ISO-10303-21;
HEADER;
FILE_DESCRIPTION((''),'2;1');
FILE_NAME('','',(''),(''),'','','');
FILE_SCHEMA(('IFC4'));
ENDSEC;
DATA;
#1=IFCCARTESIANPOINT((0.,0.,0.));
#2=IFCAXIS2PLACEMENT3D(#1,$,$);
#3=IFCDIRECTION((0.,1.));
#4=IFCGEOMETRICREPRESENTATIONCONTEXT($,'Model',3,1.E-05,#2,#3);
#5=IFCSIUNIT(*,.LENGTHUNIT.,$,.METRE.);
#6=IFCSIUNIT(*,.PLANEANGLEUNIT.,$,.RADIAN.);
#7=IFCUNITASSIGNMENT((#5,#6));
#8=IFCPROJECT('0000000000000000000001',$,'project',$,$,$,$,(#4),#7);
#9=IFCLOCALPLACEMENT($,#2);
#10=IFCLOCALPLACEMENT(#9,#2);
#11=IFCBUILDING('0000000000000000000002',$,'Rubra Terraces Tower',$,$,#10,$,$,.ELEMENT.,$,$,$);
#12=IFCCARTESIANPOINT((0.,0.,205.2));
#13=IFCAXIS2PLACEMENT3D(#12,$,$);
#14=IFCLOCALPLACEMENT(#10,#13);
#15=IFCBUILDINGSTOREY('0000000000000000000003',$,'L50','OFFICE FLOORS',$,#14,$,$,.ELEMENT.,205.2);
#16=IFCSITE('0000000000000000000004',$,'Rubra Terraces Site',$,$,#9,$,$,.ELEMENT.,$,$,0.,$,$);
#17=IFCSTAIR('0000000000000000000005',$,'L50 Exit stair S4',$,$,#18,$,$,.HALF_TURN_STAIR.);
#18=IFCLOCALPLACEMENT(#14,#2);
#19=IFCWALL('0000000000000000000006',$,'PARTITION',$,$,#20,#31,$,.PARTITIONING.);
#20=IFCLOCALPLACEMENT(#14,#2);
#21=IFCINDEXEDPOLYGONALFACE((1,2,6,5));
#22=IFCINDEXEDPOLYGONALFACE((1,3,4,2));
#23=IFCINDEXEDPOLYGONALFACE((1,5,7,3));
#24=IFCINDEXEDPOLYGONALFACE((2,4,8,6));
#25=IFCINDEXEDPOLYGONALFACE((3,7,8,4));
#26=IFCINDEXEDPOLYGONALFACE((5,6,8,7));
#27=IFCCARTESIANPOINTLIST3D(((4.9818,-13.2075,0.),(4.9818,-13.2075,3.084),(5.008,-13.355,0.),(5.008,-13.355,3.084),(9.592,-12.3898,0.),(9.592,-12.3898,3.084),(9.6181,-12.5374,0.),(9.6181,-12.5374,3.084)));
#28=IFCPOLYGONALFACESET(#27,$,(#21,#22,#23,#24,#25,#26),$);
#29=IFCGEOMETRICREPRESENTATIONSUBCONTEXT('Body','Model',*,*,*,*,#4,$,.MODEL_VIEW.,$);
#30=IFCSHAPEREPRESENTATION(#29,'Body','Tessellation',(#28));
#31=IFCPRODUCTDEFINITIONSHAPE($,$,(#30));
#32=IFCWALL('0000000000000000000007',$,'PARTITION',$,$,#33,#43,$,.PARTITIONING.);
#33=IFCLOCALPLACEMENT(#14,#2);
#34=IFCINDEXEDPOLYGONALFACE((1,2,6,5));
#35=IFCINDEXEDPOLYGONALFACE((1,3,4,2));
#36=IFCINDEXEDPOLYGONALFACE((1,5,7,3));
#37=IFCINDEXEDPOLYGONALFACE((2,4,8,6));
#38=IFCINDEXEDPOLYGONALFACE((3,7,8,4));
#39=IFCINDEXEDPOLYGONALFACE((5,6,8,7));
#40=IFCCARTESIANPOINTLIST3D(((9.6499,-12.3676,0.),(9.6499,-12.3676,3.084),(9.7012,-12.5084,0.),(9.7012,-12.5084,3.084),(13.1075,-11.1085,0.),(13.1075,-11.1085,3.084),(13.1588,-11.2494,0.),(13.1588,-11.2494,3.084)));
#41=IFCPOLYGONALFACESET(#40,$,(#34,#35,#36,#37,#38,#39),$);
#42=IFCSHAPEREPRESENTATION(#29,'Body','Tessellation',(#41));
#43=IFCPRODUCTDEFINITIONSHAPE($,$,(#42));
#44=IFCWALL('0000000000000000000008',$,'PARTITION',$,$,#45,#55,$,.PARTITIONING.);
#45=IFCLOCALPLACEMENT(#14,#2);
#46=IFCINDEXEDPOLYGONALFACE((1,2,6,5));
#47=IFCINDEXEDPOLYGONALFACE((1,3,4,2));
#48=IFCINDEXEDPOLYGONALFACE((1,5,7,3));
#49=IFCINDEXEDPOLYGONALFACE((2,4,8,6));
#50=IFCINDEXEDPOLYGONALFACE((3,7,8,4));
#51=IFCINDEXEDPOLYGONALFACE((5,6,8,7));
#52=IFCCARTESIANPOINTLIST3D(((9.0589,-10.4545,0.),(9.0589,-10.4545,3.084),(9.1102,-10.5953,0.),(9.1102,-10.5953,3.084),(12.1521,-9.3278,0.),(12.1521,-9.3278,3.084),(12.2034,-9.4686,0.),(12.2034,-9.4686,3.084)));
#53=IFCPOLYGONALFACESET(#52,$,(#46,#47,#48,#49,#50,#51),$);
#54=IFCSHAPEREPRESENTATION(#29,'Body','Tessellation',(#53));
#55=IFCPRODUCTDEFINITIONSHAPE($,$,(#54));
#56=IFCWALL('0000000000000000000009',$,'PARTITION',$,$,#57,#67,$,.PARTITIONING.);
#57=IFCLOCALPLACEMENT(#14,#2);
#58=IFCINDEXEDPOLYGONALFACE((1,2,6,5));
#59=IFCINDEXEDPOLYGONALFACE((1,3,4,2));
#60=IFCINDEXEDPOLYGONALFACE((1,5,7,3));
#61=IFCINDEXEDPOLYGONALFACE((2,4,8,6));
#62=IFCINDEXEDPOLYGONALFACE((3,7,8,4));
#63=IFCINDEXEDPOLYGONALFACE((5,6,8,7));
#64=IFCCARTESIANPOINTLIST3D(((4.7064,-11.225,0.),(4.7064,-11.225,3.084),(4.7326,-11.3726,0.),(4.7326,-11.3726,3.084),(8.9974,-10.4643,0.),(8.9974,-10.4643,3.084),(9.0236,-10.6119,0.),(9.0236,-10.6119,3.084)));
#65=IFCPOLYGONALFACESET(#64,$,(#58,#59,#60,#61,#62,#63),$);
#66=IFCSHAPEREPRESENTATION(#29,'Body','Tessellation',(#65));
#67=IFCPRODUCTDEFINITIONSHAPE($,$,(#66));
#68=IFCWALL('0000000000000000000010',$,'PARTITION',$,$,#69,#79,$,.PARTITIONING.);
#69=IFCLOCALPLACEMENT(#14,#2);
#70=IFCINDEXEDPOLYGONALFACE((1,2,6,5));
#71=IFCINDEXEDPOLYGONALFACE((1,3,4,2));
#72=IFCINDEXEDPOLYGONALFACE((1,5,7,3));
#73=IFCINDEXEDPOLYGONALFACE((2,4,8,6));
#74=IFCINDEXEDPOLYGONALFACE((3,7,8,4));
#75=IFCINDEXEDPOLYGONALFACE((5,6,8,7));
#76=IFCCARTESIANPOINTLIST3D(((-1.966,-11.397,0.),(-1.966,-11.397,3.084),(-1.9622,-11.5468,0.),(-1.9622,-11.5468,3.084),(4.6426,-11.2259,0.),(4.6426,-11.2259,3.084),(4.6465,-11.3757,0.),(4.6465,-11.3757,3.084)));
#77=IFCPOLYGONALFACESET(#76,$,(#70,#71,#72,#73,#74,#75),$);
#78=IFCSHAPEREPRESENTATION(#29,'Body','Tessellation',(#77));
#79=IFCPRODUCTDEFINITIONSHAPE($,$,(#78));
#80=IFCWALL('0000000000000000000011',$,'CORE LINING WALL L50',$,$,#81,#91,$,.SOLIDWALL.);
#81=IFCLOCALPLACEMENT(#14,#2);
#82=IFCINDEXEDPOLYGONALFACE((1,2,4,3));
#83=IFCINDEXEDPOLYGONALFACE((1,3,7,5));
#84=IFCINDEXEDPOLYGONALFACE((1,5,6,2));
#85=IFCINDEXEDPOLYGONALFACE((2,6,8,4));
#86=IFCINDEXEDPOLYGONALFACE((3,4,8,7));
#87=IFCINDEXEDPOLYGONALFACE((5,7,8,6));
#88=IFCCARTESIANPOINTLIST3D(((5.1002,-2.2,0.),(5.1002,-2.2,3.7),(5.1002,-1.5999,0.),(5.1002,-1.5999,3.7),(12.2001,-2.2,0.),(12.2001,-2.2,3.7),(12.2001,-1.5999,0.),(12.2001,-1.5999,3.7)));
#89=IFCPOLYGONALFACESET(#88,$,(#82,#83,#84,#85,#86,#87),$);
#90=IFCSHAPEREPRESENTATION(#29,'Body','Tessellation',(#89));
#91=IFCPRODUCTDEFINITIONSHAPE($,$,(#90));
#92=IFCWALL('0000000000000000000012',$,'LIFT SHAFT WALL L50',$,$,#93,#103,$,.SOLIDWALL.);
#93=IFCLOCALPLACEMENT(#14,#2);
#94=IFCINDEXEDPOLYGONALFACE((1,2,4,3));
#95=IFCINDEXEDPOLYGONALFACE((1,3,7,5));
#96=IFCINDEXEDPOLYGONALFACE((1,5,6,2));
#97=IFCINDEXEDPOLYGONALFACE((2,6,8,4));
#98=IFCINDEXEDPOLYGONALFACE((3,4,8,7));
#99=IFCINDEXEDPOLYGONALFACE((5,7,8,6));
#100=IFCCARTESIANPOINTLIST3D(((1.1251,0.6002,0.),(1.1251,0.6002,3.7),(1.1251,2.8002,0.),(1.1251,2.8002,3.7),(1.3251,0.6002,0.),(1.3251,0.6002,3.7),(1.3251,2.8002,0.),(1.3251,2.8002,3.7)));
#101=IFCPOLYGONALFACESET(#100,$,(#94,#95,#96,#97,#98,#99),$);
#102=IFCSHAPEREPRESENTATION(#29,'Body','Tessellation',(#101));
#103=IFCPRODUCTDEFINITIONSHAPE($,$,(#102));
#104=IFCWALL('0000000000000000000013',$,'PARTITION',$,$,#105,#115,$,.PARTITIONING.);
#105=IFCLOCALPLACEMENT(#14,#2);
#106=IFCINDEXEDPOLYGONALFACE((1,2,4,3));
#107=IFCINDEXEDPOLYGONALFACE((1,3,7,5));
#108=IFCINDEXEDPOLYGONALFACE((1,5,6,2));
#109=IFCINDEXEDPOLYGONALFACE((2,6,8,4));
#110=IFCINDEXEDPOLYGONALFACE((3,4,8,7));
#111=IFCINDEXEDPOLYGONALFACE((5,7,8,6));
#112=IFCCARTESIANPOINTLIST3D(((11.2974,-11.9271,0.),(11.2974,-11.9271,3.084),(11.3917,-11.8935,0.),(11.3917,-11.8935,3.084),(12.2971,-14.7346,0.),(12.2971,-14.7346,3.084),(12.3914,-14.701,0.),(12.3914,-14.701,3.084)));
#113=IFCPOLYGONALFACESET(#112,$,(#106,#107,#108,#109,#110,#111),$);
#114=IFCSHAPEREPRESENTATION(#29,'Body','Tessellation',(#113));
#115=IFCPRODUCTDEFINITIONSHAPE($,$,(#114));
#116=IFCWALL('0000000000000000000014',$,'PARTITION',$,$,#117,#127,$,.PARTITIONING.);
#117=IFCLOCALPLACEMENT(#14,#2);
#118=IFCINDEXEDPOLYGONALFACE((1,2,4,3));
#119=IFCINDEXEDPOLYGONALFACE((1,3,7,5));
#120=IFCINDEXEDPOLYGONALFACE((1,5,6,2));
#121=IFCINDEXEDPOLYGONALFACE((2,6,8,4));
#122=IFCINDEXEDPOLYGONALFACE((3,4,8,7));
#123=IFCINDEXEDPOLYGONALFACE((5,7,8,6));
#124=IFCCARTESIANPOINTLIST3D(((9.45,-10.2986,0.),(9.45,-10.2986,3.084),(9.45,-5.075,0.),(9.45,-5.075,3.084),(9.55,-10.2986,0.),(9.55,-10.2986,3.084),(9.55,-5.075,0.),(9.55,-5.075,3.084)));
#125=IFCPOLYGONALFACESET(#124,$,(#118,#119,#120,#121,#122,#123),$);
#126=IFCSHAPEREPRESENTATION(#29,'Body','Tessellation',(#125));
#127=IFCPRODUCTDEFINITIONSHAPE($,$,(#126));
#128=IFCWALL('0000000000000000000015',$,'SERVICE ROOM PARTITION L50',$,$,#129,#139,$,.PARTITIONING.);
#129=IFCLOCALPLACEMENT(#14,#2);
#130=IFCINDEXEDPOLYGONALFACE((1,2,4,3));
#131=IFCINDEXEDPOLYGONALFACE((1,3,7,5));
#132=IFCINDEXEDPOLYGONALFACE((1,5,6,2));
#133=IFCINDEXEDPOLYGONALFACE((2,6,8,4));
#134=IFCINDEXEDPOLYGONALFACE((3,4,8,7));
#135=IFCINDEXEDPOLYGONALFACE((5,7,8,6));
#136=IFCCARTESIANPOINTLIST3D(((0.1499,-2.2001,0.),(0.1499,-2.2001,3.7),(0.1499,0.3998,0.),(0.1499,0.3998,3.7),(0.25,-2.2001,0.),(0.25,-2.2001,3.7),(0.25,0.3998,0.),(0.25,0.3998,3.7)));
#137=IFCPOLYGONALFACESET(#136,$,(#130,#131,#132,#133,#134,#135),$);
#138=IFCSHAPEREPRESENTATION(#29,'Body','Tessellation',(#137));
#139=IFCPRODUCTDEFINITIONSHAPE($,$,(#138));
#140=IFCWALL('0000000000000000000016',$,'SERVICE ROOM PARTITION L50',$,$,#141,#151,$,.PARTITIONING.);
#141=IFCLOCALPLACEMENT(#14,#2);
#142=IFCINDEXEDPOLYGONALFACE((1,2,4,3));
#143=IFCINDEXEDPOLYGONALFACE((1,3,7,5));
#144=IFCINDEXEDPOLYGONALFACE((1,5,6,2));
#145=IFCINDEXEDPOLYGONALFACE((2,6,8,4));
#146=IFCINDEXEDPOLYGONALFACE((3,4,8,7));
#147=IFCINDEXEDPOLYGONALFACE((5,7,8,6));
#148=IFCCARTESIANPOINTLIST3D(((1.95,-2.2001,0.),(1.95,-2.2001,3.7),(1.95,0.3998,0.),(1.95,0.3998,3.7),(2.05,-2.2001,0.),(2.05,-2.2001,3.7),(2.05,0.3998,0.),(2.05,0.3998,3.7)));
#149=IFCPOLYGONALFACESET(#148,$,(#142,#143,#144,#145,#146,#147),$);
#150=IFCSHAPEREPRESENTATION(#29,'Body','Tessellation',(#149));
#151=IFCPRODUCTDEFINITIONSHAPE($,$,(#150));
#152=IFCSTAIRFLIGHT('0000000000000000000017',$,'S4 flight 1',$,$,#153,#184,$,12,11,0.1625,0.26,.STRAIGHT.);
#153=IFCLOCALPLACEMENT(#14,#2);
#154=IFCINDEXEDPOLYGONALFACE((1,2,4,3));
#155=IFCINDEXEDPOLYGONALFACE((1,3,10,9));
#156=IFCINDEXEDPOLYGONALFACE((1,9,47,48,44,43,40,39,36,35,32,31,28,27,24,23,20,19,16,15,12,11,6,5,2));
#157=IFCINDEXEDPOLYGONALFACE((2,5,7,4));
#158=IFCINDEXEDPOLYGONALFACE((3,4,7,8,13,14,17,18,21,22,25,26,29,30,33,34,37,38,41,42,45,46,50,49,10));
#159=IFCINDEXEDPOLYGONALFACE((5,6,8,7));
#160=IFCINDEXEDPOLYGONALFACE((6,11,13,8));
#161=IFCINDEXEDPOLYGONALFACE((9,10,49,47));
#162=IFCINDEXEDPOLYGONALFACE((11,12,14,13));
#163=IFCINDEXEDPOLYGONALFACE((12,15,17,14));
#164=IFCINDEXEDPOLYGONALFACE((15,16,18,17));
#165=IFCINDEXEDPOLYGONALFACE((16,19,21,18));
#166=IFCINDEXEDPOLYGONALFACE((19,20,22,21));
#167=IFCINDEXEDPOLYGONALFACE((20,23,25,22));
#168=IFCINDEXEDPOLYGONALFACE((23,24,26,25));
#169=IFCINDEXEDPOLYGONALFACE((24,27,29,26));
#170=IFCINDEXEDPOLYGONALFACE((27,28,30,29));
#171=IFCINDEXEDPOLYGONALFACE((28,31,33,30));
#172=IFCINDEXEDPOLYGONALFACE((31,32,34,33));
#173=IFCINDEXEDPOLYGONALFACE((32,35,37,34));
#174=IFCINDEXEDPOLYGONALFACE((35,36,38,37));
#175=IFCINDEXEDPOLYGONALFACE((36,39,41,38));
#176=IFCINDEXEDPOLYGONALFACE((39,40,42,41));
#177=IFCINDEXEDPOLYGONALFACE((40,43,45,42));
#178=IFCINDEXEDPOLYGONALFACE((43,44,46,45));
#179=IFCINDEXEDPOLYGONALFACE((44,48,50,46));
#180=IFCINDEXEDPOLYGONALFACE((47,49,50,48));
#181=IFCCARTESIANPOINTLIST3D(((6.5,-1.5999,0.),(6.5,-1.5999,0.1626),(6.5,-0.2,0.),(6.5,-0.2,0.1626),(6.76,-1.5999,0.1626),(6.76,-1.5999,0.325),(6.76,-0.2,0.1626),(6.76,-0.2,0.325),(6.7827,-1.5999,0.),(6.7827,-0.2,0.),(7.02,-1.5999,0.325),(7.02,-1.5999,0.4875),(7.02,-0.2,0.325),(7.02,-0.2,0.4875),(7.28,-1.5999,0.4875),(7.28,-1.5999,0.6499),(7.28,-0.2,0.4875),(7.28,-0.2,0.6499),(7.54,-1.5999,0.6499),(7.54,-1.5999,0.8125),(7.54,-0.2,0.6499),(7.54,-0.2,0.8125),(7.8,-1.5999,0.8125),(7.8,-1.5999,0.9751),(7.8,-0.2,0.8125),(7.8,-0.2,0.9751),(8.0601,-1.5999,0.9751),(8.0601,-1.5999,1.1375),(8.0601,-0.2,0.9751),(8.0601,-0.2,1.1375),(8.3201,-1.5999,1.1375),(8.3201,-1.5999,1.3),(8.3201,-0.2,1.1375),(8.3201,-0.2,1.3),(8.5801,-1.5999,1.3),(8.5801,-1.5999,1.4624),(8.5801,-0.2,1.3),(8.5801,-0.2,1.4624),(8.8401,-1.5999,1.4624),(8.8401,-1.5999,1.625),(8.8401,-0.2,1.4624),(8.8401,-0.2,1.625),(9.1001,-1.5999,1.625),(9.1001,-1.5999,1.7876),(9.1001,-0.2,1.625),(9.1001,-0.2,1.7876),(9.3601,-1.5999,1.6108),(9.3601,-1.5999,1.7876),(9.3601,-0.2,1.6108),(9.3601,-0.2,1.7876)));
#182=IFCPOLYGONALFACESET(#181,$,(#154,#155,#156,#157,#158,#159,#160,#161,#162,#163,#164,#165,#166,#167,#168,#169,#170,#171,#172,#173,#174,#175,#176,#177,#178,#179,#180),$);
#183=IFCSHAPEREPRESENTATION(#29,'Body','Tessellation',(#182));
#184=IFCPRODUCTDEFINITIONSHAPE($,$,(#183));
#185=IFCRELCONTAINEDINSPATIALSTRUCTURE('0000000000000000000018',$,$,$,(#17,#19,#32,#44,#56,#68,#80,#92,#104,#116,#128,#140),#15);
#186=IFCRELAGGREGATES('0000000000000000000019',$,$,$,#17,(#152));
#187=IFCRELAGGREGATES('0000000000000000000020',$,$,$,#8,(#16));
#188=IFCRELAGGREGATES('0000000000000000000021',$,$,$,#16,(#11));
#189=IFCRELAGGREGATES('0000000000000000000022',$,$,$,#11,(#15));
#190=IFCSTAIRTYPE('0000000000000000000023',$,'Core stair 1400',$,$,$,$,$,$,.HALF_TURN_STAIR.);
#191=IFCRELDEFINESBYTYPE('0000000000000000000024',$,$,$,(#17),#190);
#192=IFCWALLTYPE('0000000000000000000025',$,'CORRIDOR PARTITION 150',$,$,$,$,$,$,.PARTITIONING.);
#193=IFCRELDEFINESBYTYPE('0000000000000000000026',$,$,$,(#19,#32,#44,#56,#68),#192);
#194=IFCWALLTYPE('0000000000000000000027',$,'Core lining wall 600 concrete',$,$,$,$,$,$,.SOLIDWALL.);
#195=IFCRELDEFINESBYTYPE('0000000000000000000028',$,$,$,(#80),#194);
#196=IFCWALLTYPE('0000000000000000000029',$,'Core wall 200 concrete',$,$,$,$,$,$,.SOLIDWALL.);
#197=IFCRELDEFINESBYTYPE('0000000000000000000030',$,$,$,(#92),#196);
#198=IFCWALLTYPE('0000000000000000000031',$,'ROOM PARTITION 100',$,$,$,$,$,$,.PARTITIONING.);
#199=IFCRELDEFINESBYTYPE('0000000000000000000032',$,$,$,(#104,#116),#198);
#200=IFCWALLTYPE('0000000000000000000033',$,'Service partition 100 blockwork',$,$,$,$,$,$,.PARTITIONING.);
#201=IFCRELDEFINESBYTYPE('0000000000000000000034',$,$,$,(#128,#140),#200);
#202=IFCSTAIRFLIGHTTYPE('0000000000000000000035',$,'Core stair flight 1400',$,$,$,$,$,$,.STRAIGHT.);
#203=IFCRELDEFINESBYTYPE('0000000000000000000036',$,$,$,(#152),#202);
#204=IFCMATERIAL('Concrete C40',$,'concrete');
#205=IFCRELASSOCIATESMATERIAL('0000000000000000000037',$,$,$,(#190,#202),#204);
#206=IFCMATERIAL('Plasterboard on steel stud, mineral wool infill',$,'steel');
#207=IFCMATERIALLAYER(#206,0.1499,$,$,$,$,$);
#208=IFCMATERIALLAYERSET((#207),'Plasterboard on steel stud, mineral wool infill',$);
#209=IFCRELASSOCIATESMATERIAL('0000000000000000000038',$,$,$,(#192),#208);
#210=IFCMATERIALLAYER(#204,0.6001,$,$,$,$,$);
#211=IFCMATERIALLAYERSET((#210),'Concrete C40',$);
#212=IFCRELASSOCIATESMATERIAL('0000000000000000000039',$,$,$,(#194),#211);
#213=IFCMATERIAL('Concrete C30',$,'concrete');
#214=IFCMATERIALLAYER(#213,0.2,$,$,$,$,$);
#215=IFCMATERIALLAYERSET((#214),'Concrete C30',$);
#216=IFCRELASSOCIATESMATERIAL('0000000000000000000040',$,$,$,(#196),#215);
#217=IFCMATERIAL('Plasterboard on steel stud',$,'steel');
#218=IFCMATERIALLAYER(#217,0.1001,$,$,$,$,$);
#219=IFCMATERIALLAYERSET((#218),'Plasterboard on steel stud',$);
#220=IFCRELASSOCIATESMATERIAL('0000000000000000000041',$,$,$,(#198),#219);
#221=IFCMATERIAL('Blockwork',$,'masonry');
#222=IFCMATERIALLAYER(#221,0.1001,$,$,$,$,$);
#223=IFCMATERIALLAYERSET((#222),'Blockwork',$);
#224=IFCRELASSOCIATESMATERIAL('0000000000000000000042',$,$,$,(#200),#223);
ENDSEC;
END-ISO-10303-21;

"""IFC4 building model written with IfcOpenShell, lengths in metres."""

from ifc_helpers import new_model, si_unit, direction, frame, frame_2d, origin, place, context, subcontext, project, spatial, polyline, rectangle, outline, extrude, material, layer, layer_set, type_object, element, aggregate, save


model = new_model("IFC4")

# Units and contexts
model_context = context("Model", 3, precision=1e-05, world=origin(), true_north=direction((0.0, 1.0)))
body_context = subcontext(model_context, "Body", "Model", "MODEL_VIEW")
ifc_project = project(units=[si_unit("LENGTHUNIT", "METRE"), si_unit("PLANEANGLEUNIT", "RADIAN")], contexts=[model_context])

# Site, building, storey
site_placement = place(None, origin())
site = spatial("IfcSite", under=ifc_project, at=site_placement, Name="Rubra Terraces Site", CompositionType="ELEMENT", RefElevation=0.0)
building_placement = place(site_placement, origin())
building = spatial("IfcBuilding", under=site, at=building_placement, Name="Rubra Terraces Tower", CompositionType="ELEMENT")
storey_placement = place(building_placement, frame((0.0, 0.0, 205.2)))
storey = spatial("IfcBuildingStorey", under=building, at=storey_placement, Name="L50", Description="OFFICE FLOORS", CompositionType="ELEMENT", Elevation=205.2)

# Shared definitions
ifc_material_1 = material(Name="Concrete C40", Category="concrete")

# Stair
stair_type = type_object("IfcStairType", Name="Core stair 1400", PredefinedType="HALF_TURN_STAIR", material=ifc_material_1)
stair_1_placement = place(storey_placement, origin())
stair_1 = element("IfcStair", 1, at=stair_1_placement, inside=storey, type_object=stair_type, Name="L50 Exit stair S4", PredefinedType="HALF_TURN_STAIR")

# Walls
ifc_material_2 = material(Name="Plasterboard on steel stud, mineral wool infill", Category="steel")
ifc_layer_1 = layer(ifc_material_2, 0.1499)
ifc_layer_set_1 = layer_set([ifc_layer_1], Name="Plasterboard on steel stud, mineral wool infill")
wall_type_1 = type_object("IfcWallType", Name="CORRIDOR PARTITION 150", PredefinedType="PARTITIONING", material=ifc_layer_set_1)
wall_1_placement = place(storey_placement, frame((4.9949, -13.2812, 0.0), z_axis=(0.0, 0.0, 1.0), x_axis=(0.984634, 0.17463, 0.0)))
element("IfcWall", 2, at=wall_1_placement, inside=storey, type_object=wall_type_1, Name="PARTITION", PredefinedType="PARTITIONING", context=body_context, shape_type="SweptSolid", body=[
    extrude(rectangle(XDim=4.6821, YDim=0.1499, at=frame_2d((2.3411, 0.0))), origin(), (0.0, 0.0, 1.0), 3.084),
])
wall_2_placement = place(storey_placement, frame((9.6755, -12.438, 0.0), z_axis=(0.0, 0.0, 1.0), x_axis=(0.93964, 0.342164, 0.0)))
element("IfcWall", 3, at=wall_2_placement, inside=storey, type_object=wall_type_1, Name="PARTITION", PredefinedType="PARTITIONING", context=body_context, shape_type="SweptSolid", body=[
    extrude(rectangle(XDim=3.6797, YDim=0.1499, at=frame_2d((1.8398, 0.0))), origin(), (0.0, 0.0, 1.0), 3.084),
])

# Walls
wall_3_placement = place(storey_placement, frame((12.1777, -9.3982, 0.0), z_axis=(0.0, 0.0, 1.0), x_axis=(-0.939609, -0.342249, 0.0)))
element("IfcWall", 4, at=wall_3_placement, inside=storey, type_object=wall_type_1, Name="PARTITION", PredefinedType="PARTITIONING", context=body_context, shape_type="SweptSolid", body=[
    extrude(rectangle(XDim=3.292, YDim=0.1499, at=frame_2d((1.646, 0.0))), origin(), (0.0, 0.0, 1.0), 3.084),
])
wall_4_placement = place(storey_placement, frame((9.0105, -10.5381, 0.0), z_axis=(0.0, 0.0, 1.0), x_axis=(-0.984646, -0.174565, 0.0)))
element("IfcWall", 5, at=wall_4_placement, inside=storey, type_object=wall_type_1, Name="PARTITION", PredefinedType="PARTITIONING", context=body_context, shape_type="SweptSolid", body=[
    extrude(rectangle(XDim=4.3579, YDim=0.1499, at=frame_2d((2.179, 0.0))), origin(), (0.0, 0.0, 1.0), 3.084),
])
wall_5_placement = place(storey_placement, frame((4.6445, -11.3008, 0.0), z_axis=(0.0, 0.0, 1.0), x_axis=(-0.999665, -0.025888, 0.0)))
element("IfcWall", 6, at=wall_5_placement, inside=storey, type_object=wall_type_1, Name="PARTITION", PredefinedType="PARTITIONING", context=body_context, shape_type="SweptSolid", body=[
    extrude(rectangle(XDim=6.6108, YDim=0.1499, at=frame_2d((3.3054, 0.0))), origin(), (0.0, 0.0, 1.0), 3.084),
])
ifc_layer_2 = layer(ifc_material_1, 0.6001)
ifc_layer_set_2 = layer_set([ifc_layer_2], Name="Concrete C40")
wall_type_2 = type_object("IfcWallType", Name="Core lining wall 600 concrete", PredefinedType="SOLIDWALL", material=ifc_layer_set_2)
wall_6_placement = place(storey_placement, frame((12.2, -1.8999, 0.0), z_axis=(0.0, 0.0, 1.0), x_axis=(-1.0, 0.0, 0.0)))
element("IfcWall", 7, at=wall_6_placement, inside=storey, type_object=wall_type_2, Name="CORE LINING WALL L50", PredefinedType="SOLIDWALL", context=body_context, shape_type="SweptSolid", body=[
    extrude(rectangle(XDim=7.0999, YDim=0.6001, at=frame_2d((3.5498, 0.0))), origin(), (0.0, 0.0, 1.0), 3.7),
])
ifc_material_3 = material(Name="Concrete C30", Category="concrete")
ifc_layer_3 = layer(ifc_material_3, 0.2)
ifc_layer_set_3 = layer_set([ifc_layer_3], Name="Concrete C30")
wall_type_3 = type_object("IfcWallType", Name="Core wall 200 concrete", PredefinedType="SOLIDWALL", material=ifc_layer_set_3)
wall_7_placement = place(storey_placement, frame((1.2251, 0.6001, 0.0), z_axis=(0.0, 0.0, 1.0), x_axis=(0.0, 1.0, 0.0)))
element("IfcWall", 8, at=wall_7_placement, inside=storey, type_object=wall_type_3, Name="LIFT SHAFT WALL L50", PredefinedType="SOLIDWALL", context=body_context, shape_type="SweptSolid", body=[
    extrude(rectangle(XDim=2.2, YDim=0.2, at=frame_2d((1.1001, 0.0))), origin(), (0.0, 0.0, 1.0), 3.7),
])
ifc_material_4 = material(Name="Plasterboard on steel stud", Category="steel")
ifc_layer_4 = layer(ifc_material_4, 0.1001)
ifc_layer_set_4 = layer_set([ifc_layer_4], Name="Plasterboard on steel stud")
wall_type_4 = type_object("IfcWallType", Name="ROOM PARTITION 100", PredefinedType="PARTITIONING", material=ifc_layer_set_4)
wall_8_placement = place(storey_placement, frame((11.3445, -11.9102, 0.0), z_axis=(0.0, 0.0, 1.0), x_axis=(0.335454, -0.942057, 0.0)))
element("IfcWall", 9, at=wall_8_placement, inside=storey, type_object=wall_type_4, Name="PARTITION", PredefinedType="PARTITIONING", context=body_context, shape_type="SweptSolid", body=[
    extrude(rectangle(XDim=2.9802, YDim=0.1001, at=frame_2d((1.4902, 0.0))), origin(), (0.0, 0.0, 1.0), 3.084),
])
wall_9_placement = place(storey_placement, frame((9.5, -10.2986, 0.0), z_axis=(0.0, 0.0, 1.0), x_axis=(0.0, 1.0, 0.0)))
element("IfcWall", 10, at=wall_9_placement, inside=storey, type_object=wall_type_4, Name="PARTITION", PredefinedType="PARTITIONING", context=body_context, shape_type="SweptSolid", body=[
    extrude(rectangle(XDim=5.2236, YDim=0.1001, at=frame_2d((2.6118, 0.0))), origin(), (0.0, 0.0, 1.0), 3.084),
])
ifc_material_5 = material(Name="Blockwork", Category="masonry")
ifc_layer_5 = layer(ifc_material_5, 0.1001)
ifc_layer_set_5 = layer_set([ifc_layer_5], Name="Blockwork")
wall_type_5 = type_object("IfcWallType", Name="Service partition 100 blockwork", PredefinedType="PARTITIONING", material=ifc_layer_set_5)
for number, where, z_axis, x_axis, name in (
    (11, (0.2, -2.2, 0.0), (0.0, 0.0, 1.0), (0.0, 1.0, 0.0), "SERVICE ROOM PARTITION L50"),
    (12, (2.0, -2.2, 0.0), (0.0, 0.0, 1.0), (0.0, 1.0, 0.0), "SERVICE ROOM PARTITION L50"),
):
    element("IfcWall", number, at=place(storey_placement, frame(where, z_axis=z_axis, x_axis=x_axis)), inside=storey, type_object=wall_type_5, Name=name, PredefinedType="PARTITIONING", context=body_context, shape_type="SweptSolid", body=[
        extrude(rectangle(XDim=2.5999, YDim=0.1001, at=frame_2d((1.2998, 0.0))), origin(), (0.0, 0.0, 1.0), 3.7),
    ])

# Stair flight
stair_flight_type = type_object("IfcStairFlightType", Name="Core stair flight 1400", PredefinedType="STRAIGHT", material=ifc_material_1)
stair_flight_placement = place(storey_placement, frame((6.5, -0.8999, 0.0), z_axis=(0.0, 0.0, 1.0), x_axis=(1.0, 0.0, 0.0)))
stair_flight = element("IfcStairFlight", 13, at=stair_flight_placement, type_object=stair_flight_type, Name="S4 flight 1", NumberOfRisers=12, NumberOfTreads=11, PredefinedType="STRAIGHT", RiserHeight=0.1625, TreadLength=0.26, context=body_context, shape_type="SweptSolid", body=[
    extrude(outline(polyline([(0.0, 0.0), (0.0, 0.1626), (0.26, 0.1626), (0.26, 0.325), (0.52, 0.325), (0.52, 0.4875), (0.78, 0.4875), (0.78, 0.6499), (1.04, 0.6499), (1.04, 0.8125), (1.3, 0.8125), (1.3, 0.9751), (1.5601, 0.9751), (1.5601, 1.1375), (1.8201, 1.1375), (1.8201, 1.3), (2.0801, 1.3), (2.0801, 1.4624), (2.3401, 1.4624), (2.3401, 1.625), (2.6001, 1.625), (2.6001, 1.7876), (2.8601, 1.7876), (2.8601, 1.95), (2.8601, 1.6108), (0.2827, 0.0), (0.0, 0.0)])), frame((0.0, 0.7, 0.0), z_axis=(0.0, -1.0, 0.0), x_axis=(1.0, 0.0, 0.0)), (0.0, 0.0, 1.0), 1.3999),
])
aggregate(stair_1, [stair_flight])

save(model, "model.ifc")
